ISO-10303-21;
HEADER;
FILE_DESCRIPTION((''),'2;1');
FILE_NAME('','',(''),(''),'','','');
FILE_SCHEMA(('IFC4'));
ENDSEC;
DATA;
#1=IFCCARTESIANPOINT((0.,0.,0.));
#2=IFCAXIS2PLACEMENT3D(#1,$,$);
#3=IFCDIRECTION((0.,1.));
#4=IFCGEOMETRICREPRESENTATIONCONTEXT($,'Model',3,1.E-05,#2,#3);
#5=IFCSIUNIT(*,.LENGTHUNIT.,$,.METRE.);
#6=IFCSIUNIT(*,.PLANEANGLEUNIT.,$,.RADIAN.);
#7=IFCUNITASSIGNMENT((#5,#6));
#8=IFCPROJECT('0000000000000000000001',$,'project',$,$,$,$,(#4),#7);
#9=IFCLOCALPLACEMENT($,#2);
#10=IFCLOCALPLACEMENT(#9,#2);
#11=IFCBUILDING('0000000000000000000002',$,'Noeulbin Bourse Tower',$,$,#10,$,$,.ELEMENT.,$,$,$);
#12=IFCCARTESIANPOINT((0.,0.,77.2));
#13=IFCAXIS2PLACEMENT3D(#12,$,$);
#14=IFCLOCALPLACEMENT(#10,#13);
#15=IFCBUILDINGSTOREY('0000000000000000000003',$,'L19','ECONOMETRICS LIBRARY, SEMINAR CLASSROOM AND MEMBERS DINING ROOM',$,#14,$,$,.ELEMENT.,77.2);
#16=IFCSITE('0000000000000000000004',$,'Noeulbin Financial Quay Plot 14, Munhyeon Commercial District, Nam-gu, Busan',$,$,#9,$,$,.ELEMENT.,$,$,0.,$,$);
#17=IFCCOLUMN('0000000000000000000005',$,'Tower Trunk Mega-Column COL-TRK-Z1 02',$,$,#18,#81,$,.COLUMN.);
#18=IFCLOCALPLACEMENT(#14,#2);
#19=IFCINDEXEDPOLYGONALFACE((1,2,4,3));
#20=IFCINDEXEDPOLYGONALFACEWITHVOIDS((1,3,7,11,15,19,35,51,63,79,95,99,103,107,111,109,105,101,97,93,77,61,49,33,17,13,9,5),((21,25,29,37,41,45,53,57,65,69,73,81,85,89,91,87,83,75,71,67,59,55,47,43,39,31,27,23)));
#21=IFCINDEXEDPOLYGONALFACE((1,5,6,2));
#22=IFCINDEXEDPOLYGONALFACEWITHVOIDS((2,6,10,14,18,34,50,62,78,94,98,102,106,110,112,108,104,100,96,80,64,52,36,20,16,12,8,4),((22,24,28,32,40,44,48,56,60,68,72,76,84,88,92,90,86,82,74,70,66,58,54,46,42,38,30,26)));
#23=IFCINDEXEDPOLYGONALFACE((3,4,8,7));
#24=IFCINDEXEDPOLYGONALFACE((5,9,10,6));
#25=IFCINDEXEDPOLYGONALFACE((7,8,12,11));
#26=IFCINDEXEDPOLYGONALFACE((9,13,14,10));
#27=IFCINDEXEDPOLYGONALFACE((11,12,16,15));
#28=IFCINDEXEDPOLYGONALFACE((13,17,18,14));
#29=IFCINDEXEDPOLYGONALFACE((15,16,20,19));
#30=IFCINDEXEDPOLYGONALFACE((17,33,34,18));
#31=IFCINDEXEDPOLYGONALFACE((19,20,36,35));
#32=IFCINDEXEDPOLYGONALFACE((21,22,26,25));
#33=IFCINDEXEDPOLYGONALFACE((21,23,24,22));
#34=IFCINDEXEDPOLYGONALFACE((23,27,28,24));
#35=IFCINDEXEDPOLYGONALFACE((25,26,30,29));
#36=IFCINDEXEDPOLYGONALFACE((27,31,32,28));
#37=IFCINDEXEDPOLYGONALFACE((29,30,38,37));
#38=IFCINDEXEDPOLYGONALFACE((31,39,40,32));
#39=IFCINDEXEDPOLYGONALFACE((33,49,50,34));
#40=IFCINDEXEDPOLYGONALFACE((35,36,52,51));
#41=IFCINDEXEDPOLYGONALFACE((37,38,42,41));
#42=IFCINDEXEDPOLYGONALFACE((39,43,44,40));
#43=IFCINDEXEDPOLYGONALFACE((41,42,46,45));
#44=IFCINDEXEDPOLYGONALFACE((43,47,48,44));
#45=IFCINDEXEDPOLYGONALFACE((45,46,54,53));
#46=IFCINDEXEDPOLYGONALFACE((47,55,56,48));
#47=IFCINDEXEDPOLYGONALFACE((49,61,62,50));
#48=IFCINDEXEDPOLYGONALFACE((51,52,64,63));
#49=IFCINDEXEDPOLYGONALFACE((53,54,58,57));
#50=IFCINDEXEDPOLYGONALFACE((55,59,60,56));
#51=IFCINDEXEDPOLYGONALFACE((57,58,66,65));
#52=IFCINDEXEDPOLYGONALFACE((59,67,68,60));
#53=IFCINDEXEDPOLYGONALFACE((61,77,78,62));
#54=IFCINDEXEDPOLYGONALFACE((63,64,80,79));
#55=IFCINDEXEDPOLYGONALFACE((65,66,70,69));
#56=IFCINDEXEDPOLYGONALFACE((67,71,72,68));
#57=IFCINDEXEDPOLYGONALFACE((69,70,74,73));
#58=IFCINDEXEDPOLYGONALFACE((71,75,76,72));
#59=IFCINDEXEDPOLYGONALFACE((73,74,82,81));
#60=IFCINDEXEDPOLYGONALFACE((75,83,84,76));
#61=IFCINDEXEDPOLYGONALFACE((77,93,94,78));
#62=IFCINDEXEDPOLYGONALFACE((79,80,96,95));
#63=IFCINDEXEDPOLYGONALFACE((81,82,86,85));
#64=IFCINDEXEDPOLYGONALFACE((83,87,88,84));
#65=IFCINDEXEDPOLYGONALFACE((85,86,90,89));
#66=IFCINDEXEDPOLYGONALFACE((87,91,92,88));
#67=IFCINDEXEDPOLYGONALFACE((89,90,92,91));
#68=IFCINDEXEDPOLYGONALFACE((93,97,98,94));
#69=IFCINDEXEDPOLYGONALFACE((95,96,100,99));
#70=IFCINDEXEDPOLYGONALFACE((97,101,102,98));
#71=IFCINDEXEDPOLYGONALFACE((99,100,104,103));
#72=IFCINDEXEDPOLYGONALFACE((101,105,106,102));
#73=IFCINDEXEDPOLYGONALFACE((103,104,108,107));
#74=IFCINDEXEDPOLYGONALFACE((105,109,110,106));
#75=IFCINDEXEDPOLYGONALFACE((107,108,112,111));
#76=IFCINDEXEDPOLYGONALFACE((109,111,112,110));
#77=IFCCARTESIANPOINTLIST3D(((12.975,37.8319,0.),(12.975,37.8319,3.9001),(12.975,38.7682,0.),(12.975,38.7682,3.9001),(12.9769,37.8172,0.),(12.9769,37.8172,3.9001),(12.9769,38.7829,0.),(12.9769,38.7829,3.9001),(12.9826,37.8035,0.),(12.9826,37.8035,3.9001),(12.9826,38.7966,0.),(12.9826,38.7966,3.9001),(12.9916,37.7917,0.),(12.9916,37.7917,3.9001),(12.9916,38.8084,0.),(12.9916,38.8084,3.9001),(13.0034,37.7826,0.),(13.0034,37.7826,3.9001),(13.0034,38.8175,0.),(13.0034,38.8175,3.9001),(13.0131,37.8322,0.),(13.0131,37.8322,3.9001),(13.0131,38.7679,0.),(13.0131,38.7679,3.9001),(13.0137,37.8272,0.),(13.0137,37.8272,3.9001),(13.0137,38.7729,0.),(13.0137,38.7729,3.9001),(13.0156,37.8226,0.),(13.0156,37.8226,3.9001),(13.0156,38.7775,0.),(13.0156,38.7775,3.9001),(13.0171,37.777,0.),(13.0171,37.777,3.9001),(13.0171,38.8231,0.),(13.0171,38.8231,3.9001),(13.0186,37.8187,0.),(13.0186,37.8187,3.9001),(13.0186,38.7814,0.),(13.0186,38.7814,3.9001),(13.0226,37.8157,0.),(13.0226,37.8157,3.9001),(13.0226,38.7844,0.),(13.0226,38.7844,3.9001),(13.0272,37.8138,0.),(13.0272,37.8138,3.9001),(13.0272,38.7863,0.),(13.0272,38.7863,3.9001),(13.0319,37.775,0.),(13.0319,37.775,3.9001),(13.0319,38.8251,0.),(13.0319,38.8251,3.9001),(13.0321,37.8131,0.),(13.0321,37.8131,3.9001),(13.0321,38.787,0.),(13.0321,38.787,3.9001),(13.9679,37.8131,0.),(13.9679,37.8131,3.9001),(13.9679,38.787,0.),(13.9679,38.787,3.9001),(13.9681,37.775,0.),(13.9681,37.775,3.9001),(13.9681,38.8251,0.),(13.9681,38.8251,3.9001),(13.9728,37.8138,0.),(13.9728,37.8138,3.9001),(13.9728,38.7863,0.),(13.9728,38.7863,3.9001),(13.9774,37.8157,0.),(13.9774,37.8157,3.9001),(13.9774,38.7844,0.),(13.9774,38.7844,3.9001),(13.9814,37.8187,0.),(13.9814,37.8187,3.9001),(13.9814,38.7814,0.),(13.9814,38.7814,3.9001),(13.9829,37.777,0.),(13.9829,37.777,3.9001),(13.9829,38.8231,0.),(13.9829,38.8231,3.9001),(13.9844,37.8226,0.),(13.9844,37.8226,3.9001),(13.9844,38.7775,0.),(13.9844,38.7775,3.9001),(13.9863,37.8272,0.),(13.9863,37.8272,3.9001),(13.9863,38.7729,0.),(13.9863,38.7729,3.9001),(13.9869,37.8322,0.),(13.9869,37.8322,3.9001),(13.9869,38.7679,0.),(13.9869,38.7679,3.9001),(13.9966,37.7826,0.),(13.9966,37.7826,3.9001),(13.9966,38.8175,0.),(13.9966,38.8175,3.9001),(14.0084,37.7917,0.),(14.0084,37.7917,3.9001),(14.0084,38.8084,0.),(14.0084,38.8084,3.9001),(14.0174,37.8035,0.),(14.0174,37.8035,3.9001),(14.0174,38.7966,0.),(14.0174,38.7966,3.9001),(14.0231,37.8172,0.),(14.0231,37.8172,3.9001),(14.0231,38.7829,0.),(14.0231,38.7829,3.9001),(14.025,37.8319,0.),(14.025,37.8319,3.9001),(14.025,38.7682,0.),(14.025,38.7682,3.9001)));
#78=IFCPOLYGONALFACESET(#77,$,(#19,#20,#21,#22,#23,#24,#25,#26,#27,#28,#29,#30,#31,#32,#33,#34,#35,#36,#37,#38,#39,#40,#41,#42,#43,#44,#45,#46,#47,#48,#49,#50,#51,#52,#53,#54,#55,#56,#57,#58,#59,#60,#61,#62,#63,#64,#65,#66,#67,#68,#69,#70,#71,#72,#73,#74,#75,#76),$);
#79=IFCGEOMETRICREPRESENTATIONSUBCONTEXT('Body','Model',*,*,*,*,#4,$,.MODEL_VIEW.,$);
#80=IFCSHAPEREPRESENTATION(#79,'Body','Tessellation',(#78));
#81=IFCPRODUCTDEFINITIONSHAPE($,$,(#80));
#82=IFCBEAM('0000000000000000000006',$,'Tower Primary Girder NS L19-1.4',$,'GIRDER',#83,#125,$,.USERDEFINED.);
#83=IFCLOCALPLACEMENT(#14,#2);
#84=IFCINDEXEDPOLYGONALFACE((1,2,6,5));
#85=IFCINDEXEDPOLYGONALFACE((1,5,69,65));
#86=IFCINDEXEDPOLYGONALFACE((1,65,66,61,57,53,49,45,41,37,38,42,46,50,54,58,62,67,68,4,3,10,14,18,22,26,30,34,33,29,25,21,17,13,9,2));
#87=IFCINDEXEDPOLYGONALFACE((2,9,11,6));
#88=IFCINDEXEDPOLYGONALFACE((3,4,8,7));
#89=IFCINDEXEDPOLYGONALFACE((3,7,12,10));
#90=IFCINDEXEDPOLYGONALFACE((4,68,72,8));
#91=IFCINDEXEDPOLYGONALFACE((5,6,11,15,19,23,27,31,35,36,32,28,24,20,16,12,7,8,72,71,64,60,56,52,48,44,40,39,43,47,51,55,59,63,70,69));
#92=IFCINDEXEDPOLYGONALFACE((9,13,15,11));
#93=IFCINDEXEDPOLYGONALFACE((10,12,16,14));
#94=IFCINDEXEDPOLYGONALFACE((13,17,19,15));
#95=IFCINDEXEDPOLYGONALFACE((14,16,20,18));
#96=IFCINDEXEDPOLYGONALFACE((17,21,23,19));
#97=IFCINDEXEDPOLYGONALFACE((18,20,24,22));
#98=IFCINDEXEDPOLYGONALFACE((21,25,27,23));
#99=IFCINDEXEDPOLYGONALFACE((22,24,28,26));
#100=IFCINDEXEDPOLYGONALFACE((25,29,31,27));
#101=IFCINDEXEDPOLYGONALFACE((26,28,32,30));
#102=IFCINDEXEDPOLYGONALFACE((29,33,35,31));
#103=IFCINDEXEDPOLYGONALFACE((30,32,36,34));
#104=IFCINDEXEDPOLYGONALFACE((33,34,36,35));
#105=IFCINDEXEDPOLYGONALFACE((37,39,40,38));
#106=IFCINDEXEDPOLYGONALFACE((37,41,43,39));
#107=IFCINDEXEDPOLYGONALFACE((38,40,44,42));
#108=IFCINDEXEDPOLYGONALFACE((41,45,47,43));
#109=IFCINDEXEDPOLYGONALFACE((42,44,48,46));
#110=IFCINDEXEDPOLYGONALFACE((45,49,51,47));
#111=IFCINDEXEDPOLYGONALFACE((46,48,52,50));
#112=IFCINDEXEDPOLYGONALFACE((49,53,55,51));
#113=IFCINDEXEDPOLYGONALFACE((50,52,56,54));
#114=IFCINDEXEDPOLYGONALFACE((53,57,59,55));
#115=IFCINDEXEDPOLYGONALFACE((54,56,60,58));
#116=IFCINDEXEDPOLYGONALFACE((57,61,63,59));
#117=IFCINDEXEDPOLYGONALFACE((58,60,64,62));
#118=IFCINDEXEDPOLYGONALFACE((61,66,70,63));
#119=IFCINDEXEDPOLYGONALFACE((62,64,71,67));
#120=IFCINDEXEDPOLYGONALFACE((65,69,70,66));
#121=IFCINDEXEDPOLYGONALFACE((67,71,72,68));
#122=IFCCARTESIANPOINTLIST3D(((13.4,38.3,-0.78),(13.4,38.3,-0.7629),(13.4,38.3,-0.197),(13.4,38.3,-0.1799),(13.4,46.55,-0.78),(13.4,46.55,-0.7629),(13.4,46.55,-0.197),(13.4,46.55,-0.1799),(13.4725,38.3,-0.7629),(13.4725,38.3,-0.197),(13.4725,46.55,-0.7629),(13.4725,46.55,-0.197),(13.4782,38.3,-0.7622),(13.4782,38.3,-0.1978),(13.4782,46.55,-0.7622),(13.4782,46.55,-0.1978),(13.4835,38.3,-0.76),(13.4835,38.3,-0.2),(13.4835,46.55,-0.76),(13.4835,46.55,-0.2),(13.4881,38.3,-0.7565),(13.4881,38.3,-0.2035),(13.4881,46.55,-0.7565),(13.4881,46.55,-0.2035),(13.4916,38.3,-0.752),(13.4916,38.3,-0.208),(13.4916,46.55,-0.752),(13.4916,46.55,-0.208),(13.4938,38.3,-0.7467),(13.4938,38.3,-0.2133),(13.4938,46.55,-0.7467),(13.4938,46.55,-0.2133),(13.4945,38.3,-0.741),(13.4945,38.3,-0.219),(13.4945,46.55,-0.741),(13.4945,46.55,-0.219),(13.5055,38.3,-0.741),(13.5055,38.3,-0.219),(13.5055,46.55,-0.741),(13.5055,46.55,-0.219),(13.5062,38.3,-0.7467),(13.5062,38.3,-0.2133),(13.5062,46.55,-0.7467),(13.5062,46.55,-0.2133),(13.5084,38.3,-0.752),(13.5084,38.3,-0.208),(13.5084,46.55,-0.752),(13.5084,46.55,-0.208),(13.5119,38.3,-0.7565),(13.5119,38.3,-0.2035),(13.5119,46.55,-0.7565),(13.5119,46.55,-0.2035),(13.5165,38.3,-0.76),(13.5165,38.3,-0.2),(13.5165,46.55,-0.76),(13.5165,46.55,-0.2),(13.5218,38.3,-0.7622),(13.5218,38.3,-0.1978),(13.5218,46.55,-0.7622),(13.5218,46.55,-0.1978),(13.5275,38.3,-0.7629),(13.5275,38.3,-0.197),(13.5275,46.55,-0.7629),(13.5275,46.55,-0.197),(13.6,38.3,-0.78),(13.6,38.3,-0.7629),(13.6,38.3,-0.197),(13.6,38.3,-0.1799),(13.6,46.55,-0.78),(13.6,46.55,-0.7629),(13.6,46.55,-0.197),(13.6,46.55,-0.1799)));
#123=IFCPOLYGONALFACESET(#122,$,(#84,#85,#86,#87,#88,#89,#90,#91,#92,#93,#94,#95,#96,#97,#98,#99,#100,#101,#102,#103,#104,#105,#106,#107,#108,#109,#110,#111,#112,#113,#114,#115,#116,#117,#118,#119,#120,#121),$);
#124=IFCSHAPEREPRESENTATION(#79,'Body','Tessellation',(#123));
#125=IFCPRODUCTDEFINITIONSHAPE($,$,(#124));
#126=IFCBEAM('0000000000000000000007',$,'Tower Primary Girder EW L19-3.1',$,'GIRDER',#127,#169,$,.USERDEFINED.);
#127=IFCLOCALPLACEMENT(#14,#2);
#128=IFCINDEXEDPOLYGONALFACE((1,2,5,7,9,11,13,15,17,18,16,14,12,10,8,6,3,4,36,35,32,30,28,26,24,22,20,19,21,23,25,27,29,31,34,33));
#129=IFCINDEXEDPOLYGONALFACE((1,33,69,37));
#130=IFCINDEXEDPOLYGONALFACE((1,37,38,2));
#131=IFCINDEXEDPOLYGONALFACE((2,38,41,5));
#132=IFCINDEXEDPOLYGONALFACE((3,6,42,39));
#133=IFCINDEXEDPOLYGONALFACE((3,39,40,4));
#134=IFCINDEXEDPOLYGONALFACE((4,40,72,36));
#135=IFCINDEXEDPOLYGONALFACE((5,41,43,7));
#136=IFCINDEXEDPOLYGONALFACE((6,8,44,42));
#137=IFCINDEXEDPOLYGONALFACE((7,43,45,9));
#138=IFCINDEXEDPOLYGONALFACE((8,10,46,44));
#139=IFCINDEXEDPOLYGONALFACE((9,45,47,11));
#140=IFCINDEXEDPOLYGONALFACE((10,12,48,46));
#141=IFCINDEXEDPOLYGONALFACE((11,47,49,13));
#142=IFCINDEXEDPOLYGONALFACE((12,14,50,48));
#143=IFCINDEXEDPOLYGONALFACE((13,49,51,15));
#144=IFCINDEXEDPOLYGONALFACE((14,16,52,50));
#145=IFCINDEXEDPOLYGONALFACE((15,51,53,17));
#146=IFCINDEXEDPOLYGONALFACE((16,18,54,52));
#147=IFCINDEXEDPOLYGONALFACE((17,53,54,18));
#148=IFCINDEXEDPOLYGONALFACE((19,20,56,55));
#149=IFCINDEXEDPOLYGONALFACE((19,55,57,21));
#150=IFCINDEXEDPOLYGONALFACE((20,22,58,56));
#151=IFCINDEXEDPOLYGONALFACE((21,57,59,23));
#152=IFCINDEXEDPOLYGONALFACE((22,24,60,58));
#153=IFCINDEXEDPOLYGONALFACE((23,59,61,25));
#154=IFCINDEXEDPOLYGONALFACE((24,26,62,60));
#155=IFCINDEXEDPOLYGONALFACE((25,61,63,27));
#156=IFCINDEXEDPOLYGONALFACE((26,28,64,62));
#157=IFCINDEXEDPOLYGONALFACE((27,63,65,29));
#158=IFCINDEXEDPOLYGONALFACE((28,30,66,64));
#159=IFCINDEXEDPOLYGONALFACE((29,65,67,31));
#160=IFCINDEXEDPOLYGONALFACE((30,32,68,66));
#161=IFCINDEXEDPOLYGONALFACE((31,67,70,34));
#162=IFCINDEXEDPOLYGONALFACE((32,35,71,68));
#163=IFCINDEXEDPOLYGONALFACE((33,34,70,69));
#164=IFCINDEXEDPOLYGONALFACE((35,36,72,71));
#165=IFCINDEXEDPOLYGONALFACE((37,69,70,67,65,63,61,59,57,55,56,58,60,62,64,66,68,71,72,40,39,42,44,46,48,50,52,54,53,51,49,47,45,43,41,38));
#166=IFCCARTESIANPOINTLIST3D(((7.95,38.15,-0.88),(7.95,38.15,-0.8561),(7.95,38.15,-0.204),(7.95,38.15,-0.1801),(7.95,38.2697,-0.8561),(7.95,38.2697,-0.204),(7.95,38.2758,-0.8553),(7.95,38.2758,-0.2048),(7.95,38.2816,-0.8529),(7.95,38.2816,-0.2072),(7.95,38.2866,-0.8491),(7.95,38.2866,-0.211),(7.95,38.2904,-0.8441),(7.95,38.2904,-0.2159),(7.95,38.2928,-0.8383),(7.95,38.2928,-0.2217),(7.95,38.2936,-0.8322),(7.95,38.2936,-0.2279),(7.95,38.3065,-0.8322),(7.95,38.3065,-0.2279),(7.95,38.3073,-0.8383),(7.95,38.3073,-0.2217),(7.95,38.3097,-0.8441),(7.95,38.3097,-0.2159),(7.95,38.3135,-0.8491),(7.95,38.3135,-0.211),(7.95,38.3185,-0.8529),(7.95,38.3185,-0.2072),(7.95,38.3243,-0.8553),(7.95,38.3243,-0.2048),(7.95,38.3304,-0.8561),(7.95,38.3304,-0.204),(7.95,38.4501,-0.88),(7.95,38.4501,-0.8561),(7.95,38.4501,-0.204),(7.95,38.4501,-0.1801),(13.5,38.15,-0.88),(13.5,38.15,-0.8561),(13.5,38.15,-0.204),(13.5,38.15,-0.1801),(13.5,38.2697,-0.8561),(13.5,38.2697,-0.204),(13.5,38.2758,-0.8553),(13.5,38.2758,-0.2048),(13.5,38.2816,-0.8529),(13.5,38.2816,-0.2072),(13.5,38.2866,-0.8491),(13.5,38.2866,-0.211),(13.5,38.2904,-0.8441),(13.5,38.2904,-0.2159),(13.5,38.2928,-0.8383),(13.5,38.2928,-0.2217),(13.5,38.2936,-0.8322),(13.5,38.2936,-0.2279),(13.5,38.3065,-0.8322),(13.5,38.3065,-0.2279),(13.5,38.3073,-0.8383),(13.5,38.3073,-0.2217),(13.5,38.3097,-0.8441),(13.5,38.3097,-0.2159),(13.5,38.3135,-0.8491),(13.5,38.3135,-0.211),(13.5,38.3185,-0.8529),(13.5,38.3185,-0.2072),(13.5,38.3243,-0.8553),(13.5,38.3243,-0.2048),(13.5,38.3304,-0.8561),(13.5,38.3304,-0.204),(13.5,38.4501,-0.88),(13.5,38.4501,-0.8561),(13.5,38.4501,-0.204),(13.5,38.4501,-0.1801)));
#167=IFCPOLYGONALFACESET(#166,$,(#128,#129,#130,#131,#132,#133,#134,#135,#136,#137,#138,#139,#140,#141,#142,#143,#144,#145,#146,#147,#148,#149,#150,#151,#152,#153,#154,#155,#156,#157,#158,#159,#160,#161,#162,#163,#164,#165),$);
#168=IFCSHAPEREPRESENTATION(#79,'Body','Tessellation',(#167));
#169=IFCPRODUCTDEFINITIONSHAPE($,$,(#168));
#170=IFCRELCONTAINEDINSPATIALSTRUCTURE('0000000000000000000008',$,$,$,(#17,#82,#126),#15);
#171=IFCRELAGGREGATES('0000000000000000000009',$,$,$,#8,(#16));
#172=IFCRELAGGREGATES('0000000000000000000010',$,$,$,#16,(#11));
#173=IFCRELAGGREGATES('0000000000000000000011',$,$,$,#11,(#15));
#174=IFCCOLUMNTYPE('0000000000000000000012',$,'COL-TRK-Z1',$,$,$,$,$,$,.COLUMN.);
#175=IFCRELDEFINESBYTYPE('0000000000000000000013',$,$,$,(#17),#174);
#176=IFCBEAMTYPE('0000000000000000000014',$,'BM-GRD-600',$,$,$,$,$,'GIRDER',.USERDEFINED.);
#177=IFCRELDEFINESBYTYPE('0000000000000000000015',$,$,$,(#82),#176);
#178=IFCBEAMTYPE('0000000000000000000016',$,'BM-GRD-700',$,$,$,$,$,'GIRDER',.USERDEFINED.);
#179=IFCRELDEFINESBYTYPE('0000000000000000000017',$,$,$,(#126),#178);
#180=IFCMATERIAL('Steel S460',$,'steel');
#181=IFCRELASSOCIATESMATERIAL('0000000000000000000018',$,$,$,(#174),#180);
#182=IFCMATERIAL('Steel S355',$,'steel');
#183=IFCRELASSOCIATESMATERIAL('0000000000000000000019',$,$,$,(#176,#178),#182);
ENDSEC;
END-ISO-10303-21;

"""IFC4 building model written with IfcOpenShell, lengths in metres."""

from ifc_helpers import new_model, si_unit, direction, frame, origin, origin_2d, place, context, subcontext, project, spatial, hollow_rectangle, i_section, extrude, material, material_profile, profile_set, type_object, element, save


model = new_model("IFC4")

# Units and contexts
model_context = context("Model", 3, precision=1e-05, world=origin(), true_north=direction((0.0, 1.0)))
body_context = subcontext(model_context, "Body", "Model", "MODEL_VIEW")
ifc_project = project(units=[si_unit("LENGTHUNIT", "METRE"), si_unit("PLANEANGLEUNIT", "RADIAN")], contexts=[model_context])

# Site, building, storey
site_placement = place(None, origin())
site = spatial("IfcSite", under=ifc_project, at=site_placement, Name="Noeulbin Financial Quay Plot 14, Munhyeon Commercial District, Nam-gu, Busan", CompositionType="ELEMENT", RefElevation=0.0)
building_placement = place(site_placement, origin())
building = spatial("IfcBuilding", under=site, at=building_placement, Name="Noeulbin Bourse Tower", CompositionType="ELEMENT")
storey_placement = place(building_placement, frame((0.0, 0.0, 77.2)))
storey = spatial("IfcBuildingStorey", under=building, at=storey_placement, Name="L19", Description="ECONOMETRICS LIBRARY, SEMINAR CLASSROOM AND MEMBERS DINING ROOM", CompositionType="ELEMENT", Elevation=77.2)

# Column
ifc_material_1 = material(Name="Steel S460", Category="steel")
ifc_material_profile_1 = material_profile(ifc_material_1, hollow_rectangle(XDim=1.05, YDim=1.05, WallThickness=0.0381, InnerFilletRadius=0.019, OuterFilletRadius=0.0569, at=origin_2d()), Name="BOX-1050x1050x38", Category="LoadBearing")
ifc_profile_set_1 = profile_set([ifc_material_profile_1], Name="Steel S460")
column_type_1 = type_object("IfcColumnType", Name="COL-TRK-Z1", PredefinedType="COLUMN", material=ifc_profile_set_1)
column_1_placement = place(storey_placement, frame((13.5, 38.3, 0.0), z_axis=(0.0, 0.0, 1.0), x_axis=(1.0, 0.0, 0.0)))
element("IfcColumn", 1, at=column_1_placement, inside=storey, type_object=column_type_1, Name="Tower Trunk Mega-Column COL-TRK-Z1 02", PredefinedType="COLUMN", context=body_context, shape_type="SweptSolid", body=[
    extrude(hollow_rectangle(XDim=1.05, YDim=1.05, WallThickness=0.0381, InnerFilletRadius=0.019, OuterFilletRadius=0.0569, at=origin_2d()), origin(), (0.0, 0.0, 1.0), 3.9001),
])

# Beams
ifc_material_2 = material(Name="Steel S355", Category="steel")
ifc_material_profile_2 = material_profile(ifc_material_2, i_section(OverallWidth=0.2, OverallDepth=0.6001, WebThickness=0.011, FlangeThickness=0.0171, FilletRadius=0.022, at=origin_2d()), Name="H-600x200x11x17", Category="LoadBearing")
ifc_profile_set_2 = profile_set([ifc_material_profile_2], Name="Steel S355")
beam_type_1 = type_object("IfcBeamType", Name="BM-GRD-600", ElementType="GIRDER", PredefinedType="USERDEFINED", material=ifc_profile_set_2)
beam_1_placement = place(storey_placement, frame((13.5, 38.3, -0.48), z_axis=(0.0, 1.0, 0.0), x_axis=(-1.0, 0.0, 0.0)))
element("IfcBeam", 2, at=beam_1_placement, inside=storey, type_object=beam_type_1, Name="Tower Primary Girder NS L19-1.4", ObjectType="GIRDER", PredefinedType="USERDEFINED", context=body_context, shape_type="SweptSolid", body=[
    extrude(i_section(OverallWidth=0.2, OverallDepth=0.6001, WebThickness=0.011, FlangeThickness=0.0171, FilletRadius=0.022, at=origin_2d()), origin(), (0.0, 0.0, 1.0), 8.25),
])
ifc_material_profile_3 = material_profile(ifc_material_2, i_section(OverallWidth=0.3, OverallDepth=0.7, WebThickness=0.0129, FlangeThickness=0.0239, FilletRadius=0.0239, at=origin_2d()), Name="H-700x300x13x24", Category="LoadBearing")
ifc_profile_set_3 = profile_set([ifc_material_profile_3], Name="Steel S355")
beam_type_2 = type_object("IfcBeamType", Name="BM-GRD-700", ElementType="GIRDER", PredefinedType="USERDEFINED", material=ifc_profile_set_3)
beam_2_placement = place(storey_placement, frame((7.95, 38.3, -0.53), z_axis=(1.0, 0.0, 0.0), x_axis=(0.0, 1.0, 0.0)))
element("IfcBeam", 3, at=beam_2_placement, inside=storey, type_object=beam_type_2, Name="Tower Primary Girder EW L19-3.1", ObjectType="GIRDER", PredefinedType="USERDEFINED", context=body_context, shape_type="SweptSolid", body=[
    extrude(i_section(OverallWidth=0.3, OverallDepth=0.7, WebThickness=0.0129, FlangeThickness=0.0239, FilletRadius=0.0239, at=origin_2d()), origin(), (0.0, 0.0, 1.0), 5.55),
])

save(model, "model.ifc")
